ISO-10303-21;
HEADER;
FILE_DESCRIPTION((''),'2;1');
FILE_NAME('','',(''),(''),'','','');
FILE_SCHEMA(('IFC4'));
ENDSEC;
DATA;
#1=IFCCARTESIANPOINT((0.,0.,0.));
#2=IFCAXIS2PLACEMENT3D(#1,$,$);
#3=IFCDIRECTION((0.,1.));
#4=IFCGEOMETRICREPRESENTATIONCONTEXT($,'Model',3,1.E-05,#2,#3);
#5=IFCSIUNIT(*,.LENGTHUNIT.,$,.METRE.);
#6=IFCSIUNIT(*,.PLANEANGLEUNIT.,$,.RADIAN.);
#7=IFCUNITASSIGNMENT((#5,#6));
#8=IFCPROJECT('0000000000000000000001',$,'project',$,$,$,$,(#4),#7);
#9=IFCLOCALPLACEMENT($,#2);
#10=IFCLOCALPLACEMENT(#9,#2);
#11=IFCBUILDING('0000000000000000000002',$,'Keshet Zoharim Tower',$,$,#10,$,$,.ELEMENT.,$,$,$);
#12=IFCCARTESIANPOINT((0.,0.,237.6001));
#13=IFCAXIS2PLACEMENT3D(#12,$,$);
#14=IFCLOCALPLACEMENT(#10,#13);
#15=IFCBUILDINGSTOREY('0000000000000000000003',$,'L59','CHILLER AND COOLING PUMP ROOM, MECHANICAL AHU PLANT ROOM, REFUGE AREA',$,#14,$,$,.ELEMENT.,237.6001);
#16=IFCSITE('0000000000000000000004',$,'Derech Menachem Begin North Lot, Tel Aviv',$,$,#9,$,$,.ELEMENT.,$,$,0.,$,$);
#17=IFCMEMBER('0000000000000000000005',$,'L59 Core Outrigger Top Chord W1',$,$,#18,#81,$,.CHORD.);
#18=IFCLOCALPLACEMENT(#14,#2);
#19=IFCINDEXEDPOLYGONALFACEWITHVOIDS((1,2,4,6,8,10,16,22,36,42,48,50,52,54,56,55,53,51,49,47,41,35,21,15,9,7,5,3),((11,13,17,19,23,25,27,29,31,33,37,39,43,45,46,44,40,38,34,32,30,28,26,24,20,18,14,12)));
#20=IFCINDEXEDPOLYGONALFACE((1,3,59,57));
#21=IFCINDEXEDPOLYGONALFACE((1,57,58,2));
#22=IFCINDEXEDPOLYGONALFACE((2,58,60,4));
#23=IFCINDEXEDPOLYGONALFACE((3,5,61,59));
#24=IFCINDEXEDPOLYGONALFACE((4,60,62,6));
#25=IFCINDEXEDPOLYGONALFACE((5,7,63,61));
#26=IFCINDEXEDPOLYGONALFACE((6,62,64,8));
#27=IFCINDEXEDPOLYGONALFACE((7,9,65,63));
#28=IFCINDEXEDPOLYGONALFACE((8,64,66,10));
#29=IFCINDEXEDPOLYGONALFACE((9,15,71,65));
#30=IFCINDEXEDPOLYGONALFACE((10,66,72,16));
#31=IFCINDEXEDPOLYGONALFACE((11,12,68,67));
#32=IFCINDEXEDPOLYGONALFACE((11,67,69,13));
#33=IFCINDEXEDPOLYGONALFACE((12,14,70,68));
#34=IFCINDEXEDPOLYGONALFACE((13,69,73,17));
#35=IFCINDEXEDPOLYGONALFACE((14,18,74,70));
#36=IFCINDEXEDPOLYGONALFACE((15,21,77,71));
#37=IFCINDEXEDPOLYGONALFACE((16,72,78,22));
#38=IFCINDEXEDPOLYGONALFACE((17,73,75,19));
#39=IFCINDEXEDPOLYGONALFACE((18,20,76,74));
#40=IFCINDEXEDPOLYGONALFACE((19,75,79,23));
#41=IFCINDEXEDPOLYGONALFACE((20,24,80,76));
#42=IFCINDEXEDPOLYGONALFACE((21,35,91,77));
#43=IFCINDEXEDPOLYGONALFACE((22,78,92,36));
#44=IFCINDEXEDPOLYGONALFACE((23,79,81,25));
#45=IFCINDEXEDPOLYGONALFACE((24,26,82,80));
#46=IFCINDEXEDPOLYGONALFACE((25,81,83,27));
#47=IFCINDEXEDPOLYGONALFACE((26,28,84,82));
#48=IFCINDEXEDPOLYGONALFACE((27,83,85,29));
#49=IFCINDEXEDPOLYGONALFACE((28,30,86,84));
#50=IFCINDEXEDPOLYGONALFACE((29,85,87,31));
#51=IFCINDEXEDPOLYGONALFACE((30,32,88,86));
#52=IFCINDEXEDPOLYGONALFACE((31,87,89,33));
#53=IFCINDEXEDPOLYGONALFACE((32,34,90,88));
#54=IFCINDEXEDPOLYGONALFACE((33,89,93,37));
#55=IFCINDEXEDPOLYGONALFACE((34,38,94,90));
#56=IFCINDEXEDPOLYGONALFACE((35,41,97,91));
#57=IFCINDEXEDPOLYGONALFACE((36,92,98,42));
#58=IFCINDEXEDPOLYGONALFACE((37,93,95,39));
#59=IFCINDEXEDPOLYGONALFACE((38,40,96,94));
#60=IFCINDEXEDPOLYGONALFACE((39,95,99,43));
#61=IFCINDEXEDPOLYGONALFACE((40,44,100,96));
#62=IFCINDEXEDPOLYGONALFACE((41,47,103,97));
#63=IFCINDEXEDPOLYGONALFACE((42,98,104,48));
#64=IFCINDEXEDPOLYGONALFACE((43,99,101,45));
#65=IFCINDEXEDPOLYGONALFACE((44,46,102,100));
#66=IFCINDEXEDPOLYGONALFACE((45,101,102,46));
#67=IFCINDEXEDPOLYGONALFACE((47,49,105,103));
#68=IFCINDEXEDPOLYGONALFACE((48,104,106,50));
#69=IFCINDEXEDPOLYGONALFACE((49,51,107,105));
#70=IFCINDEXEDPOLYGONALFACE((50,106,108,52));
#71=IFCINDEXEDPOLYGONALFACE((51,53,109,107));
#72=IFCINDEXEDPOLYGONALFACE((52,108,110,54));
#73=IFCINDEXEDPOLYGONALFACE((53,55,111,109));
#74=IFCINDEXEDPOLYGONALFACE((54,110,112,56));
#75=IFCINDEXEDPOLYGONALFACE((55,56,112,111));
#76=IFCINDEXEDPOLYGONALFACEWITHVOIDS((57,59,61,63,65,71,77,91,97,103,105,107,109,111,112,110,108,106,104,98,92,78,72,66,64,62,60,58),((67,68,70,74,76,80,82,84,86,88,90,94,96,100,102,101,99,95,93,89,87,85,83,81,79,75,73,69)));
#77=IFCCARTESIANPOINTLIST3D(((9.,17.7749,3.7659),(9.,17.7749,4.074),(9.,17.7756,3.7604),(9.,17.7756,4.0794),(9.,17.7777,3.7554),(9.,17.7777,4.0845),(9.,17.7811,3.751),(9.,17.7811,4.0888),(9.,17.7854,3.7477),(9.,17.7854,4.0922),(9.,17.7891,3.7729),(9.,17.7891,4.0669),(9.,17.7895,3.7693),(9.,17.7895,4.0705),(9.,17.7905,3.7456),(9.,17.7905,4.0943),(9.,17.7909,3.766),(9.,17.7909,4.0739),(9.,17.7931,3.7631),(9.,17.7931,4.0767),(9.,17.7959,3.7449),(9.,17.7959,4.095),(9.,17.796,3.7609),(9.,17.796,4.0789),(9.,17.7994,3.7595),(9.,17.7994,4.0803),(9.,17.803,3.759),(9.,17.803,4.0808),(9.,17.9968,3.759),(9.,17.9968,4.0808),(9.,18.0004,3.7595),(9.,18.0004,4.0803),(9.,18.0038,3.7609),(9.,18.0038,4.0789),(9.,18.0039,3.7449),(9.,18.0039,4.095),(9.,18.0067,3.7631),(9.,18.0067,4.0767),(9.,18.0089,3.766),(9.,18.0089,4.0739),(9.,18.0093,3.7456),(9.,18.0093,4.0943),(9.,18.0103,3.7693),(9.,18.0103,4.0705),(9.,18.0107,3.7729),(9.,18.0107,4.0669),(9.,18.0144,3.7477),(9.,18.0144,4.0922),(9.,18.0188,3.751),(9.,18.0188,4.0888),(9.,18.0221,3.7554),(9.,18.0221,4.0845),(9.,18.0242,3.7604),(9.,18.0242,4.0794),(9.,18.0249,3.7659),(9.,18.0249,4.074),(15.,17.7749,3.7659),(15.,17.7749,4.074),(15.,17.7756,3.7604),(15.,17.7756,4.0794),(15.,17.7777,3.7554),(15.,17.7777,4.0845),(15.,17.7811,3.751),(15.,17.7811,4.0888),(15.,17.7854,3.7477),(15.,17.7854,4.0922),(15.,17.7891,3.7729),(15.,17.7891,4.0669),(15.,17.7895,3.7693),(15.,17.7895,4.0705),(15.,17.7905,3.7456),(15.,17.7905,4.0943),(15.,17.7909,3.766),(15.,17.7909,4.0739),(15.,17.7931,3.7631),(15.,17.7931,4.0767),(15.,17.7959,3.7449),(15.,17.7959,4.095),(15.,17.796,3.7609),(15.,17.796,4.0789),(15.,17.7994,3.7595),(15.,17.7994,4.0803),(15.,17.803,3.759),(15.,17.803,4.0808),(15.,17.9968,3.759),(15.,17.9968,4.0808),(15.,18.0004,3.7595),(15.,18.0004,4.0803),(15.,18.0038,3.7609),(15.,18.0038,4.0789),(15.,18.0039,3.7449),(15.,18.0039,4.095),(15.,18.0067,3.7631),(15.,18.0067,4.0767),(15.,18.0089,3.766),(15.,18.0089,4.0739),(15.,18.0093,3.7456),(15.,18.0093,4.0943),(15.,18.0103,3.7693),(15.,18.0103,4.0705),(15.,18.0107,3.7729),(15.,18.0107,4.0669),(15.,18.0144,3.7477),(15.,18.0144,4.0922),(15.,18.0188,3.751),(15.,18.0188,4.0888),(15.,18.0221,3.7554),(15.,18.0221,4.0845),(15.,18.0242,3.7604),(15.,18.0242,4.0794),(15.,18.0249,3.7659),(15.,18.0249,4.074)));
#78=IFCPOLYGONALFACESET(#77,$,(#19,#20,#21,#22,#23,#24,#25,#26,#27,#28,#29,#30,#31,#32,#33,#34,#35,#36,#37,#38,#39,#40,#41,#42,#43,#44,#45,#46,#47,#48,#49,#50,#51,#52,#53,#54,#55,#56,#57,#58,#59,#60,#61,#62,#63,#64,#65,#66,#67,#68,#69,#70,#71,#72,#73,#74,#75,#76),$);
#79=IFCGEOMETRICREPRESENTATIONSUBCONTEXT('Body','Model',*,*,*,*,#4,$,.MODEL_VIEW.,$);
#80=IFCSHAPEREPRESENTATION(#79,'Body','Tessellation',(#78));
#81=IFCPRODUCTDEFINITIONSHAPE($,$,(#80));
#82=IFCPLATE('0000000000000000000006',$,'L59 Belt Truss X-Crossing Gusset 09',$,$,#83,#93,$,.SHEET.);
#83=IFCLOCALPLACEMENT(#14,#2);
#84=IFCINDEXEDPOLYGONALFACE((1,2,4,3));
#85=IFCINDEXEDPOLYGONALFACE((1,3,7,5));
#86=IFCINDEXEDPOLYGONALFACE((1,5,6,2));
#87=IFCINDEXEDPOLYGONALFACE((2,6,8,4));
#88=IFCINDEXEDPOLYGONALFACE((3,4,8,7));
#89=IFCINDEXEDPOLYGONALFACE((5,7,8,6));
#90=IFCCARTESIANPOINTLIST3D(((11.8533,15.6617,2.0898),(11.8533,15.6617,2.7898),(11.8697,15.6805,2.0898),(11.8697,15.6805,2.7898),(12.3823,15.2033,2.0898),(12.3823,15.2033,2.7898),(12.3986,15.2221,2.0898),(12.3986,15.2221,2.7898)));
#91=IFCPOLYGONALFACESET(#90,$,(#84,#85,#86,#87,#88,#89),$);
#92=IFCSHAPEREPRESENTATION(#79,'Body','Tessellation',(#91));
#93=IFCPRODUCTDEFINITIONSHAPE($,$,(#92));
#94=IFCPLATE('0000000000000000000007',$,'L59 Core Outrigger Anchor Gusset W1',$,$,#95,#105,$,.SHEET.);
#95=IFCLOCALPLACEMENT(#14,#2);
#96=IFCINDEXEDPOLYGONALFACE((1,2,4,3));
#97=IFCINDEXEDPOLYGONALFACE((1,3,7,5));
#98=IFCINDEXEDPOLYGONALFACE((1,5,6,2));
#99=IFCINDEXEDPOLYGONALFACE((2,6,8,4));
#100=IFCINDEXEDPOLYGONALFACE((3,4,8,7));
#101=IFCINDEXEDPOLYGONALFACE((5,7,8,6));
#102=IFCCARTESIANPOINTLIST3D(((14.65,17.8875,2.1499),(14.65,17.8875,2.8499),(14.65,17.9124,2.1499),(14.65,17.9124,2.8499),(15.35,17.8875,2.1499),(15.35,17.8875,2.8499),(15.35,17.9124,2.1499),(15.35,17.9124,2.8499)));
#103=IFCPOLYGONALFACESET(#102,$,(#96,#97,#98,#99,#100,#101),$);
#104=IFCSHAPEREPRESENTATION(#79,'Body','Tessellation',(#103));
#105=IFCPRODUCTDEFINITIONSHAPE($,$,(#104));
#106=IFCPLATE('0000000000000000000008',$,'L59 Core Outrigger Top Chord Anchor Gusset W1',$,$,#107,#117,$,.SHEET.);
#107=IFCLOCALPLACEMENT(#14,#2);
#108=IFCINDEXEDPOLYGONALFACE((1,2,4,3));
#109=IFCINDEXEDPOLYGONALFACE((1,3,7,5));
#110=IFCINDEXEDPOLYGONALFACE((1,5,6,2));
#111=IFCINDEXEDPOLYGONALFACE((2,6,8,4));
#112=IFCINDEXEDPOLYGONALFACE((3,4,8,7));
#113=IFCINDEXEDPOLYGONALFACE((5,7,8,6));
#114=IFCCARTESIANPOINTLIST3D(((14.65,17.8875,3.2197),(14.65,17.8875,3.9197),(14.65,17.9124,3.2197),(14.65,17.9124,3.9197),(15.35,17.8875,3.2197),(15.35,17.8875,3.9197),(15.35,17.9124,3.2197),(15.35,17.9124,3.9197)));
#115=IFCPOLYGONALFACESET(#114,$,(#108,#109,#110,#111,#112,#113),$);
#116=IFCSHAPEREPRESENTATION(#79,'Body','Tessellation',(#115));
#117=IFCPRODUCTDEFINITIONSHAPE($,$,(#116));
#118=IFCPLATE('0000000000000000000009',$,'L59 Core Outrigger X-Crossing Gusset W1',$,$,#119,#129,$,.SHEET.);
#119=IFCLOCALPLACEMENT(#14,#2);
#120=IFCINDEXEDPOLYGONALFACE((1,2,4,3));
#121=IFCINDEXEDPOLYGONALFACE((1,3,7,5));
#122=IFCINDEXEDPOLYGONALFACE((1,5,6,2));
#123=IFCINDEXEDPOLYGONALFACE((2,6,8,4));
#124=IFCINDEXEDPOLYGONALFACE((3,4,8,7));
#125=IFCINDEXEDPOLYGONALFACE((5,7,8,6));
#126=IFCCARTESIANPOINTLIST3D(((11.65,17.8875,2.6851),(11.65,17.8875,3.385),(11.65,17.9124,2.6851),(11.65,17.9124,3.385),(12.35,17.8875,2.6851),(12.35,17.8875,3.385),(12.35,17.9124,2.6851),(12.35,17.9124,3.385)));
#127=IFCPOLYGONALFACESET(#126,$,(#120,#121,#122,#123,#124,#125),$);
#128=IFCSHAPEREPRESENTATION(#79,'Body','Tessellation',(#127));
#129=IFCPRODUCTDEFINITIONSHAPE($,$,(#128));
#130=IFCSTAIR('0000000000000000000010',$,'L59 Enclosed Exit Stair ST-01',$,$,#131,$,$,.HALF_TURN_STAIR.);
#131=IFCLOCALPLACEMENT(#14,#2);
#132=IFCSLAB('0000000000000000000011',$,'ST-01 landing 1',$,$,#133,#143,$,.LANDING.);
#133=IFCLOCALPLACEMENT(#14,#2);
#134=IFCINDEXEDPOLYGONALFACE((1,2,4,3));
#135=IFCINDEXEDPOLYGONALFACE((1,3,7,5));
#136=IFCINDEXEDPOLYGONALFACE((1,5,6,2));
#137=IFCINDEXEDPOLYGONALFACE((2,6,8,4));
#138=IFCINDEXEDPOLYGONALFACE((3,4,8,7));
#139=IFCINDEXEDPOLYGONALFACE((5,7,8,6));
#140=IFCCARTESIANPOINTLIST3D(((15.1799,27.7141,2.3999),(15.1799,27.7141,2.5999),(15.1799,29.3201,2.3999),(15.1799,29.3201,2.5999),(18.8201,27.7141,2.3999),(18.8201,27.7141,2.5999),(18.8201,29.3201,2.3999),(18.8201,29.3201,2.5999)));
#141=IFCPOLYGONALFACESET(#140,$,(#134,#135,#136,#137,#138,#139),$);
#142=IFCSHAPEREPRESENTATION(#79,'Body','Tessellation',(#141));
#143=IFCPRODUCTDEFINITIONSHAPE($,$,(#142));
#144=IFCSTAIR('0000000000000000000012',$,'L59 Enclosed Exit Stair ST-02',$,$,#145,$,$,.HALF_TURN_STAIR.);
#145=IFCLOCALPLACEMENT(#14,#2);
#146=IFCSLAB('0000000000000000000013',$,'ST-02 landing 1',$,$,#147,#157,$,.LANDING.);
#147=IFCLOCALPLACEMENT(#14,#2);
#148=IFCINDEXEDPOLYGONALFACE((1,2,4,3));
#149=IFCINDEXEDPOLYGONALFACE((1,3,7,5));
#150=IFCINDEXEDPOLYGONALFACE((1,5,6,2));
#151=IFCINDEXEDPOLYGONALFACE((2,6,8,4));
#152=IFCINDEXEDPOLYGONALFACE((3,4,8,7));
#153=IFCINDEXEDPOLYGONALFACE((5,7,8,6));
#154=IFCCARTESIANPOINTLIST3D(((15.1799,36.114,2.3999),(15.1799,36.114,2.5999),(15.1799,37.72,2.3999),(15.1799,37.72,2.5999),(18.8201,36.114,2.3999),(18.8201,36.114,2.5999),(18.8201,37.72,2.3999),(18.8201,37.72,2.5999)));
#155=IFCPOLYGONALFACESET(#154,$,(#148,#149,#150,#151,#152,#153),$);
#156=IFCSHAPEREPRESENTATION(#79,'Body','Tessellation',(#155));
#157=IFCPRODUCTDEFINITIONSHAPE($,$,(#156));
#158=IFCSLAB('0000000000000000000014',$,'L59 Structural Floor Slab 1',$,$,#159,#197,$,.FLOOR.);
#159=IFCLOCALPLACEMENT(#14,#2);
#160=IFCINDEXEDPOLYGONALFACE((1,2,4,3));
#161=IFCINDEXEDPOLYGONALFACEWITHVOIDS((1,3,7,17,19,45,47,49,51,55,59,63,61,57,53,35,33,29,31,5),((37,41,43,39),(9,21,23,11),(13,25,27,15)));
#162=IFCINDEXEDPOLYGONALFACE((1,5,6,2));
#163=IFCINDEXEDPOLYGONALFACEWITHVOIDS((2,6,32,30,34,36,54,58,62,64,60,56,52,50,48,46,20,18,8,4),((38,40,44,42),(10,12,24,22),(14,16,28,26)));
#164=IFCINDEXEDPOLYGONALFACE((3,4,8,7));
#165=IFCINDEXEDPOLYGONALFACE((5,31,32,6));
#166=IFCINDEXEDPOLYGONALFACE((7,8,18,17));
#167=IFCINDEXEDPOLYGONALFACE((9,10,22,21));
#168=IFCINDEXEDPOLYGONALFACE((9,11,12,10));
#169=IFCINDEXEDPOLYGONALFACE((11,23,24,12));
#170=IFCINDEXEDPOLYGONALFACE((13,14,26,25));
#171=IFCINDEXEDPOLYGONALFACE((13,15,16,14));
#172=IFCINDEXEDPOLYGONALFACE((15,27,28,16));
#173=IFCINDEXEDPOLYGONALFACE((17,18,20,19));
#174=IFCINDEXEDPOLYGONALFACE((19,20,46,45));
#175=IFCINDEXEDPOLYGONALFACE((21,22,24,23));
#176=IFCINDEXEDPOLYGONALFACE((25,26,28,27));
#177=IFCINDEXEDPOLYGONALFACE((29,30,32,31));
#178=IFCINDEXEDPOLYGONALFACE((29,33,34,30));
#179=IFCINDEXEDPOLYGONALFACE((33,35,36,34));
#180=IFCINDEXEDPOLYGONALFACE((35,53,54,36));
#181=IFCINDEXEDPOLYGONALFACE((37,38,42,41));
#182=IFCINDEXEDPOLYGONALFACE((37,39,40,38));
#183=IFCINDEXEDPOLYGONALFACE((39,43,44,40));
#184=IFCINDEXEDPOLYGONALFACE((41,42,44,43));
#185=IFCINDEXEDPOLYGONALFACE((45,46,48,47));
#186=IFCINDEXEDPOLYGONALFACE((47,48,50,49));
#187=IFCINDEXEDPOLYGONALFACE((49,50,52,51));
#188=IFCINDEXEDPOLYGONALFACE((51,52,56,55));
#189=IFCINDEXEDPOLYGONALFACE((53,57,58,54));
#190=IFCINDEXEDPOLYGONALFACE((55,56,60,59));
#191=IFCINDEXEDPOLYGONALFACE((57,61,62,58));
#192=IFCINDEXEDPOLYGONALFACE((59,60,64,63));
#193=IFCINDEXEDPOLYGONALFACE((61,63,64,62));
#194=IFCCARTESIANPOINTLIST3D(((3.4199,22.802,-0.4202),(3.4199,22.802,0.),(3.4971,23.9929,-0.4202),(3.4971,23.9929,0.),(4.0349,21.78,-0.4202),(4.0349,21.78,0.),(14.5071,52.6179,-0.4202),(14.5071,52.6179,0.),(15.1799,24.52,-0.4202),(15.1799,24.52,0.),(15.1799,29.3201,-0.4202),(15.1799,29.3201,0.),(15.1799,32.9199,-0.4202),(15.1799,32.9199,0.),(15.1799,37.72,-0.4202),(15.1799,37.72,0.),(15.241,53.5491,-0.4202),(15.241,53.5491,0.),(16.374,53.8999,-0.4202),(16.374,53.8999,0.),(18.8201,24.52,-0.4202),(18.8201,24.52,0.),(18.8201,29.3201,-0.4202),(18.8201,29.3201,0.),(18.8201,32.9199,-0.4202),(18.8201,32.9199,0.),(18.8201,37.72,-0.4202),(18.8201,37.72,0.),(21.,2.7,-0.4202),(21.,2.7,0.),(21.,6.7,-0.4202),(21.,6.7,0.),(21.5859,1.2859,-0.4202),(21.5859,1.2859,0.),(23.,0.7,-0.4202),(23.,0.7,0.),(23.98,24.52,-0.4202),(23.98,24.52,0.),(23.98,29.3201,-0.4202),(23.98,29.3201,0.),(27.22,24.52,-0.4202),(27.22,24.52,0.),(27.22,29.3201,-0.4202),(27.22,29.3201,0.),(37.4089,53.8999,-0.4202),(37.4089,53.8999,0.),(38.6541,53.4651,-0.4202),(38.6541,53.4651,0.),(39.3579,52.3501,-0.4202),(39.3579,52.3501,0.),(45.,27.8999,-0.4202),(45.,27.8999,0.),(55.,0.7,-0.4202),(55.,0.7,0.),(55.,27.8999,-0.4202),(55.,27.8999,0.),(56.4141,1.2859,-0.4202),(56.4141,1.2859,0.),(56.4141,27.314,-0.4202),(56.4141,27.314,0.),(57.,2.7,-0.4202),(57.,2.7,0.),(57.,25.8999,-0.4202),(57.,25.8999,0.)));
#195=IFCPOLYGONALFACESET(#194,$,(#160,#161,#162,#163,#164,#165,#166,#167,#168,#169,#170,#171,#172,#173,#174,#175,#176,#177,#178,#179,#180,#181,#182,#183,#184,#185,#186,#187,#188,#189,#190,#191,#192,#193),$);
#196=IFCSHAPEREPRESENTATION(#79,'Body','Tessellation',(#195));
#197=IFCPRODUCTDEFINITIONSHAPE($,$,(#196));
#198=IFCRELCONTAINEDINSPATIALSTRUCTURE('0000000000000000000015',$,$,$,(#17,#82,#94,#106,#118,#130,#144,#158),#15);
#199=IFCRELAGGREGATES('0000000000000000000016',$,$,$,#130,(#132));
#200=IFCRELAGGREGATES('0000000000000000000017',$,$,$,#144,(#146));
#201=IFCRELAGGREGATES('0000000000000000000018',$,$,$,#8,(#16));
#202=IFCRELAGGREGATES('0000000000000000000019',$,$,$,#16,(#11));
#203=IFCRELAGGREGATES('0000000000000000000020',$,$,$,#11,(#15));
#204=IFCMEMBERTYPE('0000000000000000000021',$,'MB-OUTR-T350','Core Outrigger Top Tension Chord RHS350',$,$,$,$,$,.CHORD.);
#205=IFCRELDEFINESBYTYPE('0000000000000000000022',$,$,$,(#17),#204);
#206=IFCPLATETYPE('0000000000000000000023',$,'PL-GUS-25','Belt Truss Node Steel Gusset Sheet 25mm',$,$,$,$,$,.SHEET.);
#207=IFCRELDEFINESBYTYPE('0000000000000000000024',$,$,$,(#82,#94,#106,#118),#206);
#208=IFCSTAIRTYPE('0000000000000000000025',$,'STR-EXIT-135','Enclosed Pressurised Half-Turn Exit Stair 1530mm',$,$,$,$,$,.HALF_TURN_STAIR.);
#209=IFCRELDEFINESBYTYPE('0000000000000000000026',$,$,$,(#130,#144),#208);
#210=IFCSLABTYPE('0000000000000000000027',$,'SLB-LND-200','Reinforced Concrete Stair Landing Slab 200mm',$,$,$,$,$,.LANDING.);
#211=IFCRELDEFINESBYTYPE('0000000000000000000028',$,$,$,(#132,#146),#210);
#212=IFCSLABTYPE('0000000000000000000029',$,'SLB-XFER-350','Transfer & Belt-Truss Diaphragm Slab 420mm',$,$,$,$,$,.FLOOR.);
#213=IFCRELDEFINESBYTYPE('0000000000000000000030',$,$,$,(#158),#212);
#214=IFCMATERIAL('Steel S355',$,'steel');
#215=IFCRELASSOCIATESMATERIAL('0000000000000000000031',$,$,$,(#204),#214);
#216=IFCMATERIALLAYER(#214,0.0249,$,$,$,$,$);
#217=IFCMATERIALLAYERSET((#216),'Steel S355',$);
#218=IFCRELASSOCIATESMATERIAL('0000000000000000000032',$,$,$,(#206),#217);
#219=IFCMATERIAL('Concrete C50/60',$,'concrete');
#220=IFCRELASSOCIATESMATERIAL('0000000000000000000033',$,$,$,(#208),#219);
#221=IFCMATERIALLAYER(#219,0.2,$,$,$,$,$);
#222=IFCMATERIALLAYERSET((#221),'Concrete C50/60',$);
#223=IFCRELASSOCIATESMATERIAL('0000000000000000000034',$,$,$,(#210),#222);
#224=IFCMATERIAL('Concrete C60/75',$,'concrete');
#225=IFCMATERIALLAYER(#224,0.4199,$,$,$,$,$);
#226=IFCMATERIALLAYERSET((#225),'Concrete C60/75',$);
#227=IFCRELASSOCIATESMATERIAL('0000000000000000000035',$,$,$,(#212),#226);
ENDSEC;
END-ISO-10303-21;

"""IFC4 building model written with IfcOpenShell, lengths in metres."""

from ifc_helpers import new_model, si_unit, direction, frame, origin, origin_2d, place, context, subcontext, project, spatial, polyline, rectangle, hollow_rectangle, outline, extrude, material, layer, layer_set, material_profile, profile_set, type_object, element, aggregate, save


model = new_model("IFC4")

# Units and contexts
model_context = context("Model", 3, precision=1e-05, world=origin(), true_north=direction((0.0, 1.0)))
body_context = subcontext(model_context, "Body", "Model", "MODEL_VIEW")
ifc_project = project(units=[si_unit("LENGTHUNIT", "METRE"), si_unit("PLANEANGLEUNIT", "RADIAN")], contexts=[model_context])

# Site, building, storey
site_placement = place(None, origin())
site = spatial("IfcSite", under=ifc_project, at=site_placement, Name="Derech Menachem Begin North Lot, Tel Aviv", CompositionType="ELEMENT", RefElevation=0.0)
building_placement = place(site_placement, origin())
building = spatial("IfcBuilding", under=site, at=building_placement, Name="Keshet Zoharim Tower", CompositionType="ELEMENT")
storey_placement = place(building_placement, frame((0.0, 0.0, 237.6001)))
storey = spatial("IfcBuildingStorey", under=building, at=storey_placement, Name="L59", Description="CHILLER AND COOLING PUMP ROOM, MECHANICAL AHU PLANT ROOM, REFUGE AREA", CompositionType="ELEMENT", Elevation=237.6001)

# Shared definitions
ifc_material_1 = material(Name="Steel S355", Category="steel")
ifc_material_2 = material(Name="Concrete C50/60", Category="concrete")

# Shared definitions
ifc_material_3 = material(Name="Concrete C60/75", Category="concrete")

# Member
ifc_material_profile_1 = material_profile(ifc_material_1, hollow_rectangle(XDim=0.25, YDim=0.3501, WallThickness=0.0142, InnerFilletRadius=0.0139, OuterFilletRadius=0.021, at=origin_2d()), Name="RHS350x250x14.2")
ifc_profile_set_1 = profile_set([ifc_material_profile_1], Name="Steel S355")
member_type_1 = type_object("IfcMemberType", Name="MB-OUTR-T350", Description="Core Outrigger Top Tension Chord RHS350", PredefinedType="CHORD", material=ifc_profile_set_1)
member_1_placement = place(storey_placement, frame((15.0, 17.8999, 3.9199), z_axis=(-1.0, 0.0, 0.0), x_axis=(0.0, -1.0, 0.0)))
element("IfcMember", 1, at=member_1_placement, inside=storey, type_object=member_type_1, Name="L59 Core Outrigger Top Chord W1", PredefinedType="CHORD", context=body_context, shape_type="SweptSolid", body=[
    extrude(hollow_rectangle(XDim=0.25, YDim=0.3501, WallThickness=0.0142, InnerFilletRadius=0.0139, OuterFilletRadius=0.021, at=origin_2d()), origin(), (0.0, 0.0, 1.0), 6.0),
])

# Plates
ifc_layer_1 = layer(ifc_material_1, 0.0249)
ifc_layer_set_1 = layer_set([ifc_layer_1], Name="Steel S355")
plate_type = type_object("IfcPlateType", Name="PL-GUS-25", Description="Belt Truss Node Steel Gusset Sheet 25mm", PredefinedType="SHEET", material=ifc_layer_set_1)
for number, where, z_axis, x_axis, name in (
    (2, (12.126, 15.4419, 2.0898), (0.0, 0.0, 1.0), (-0.755689, 0.654931, 0.0), "L59 Belt Truss X-Crossing Gusset 09"),
    (3, (15.0, 17.8999, 2.1499), (0.0, 0.0, 1.0), (1.0, 0.0, 0.0), "L59 Core Outrigger Anchor Gusset W1"),
    (4, (15.0, 17.8999, 3.2197), (0.0, 0.0, 1.0), (1.0, 0.0, 0.0), "L59 Core Outrigger Top Chord Anchor Gusset W1"),
    (5, (12.0, 17.8999, 2.6851), (0.0, 0.0, 1.0), (1.0, 0.0, 0.0), "L59 Core Outrigger X-Crossing Gusset W1"),
):
    element("IfcPlate", number, at=place(storey_placement, frame(where, z_axis=z_axis, x_axis=x_axis)), inside=storey, type_object=plate_type, Name=name, PredefinedType="SHEET", context=body_context, shape_type="SweptSolid", body=[
        extrude(rectangle(XDim=0.7, YDim=0.0249, at=origin_2d()), origin(), (0.0, 0.0, 1.0), 0.7),
    ])

# Stairs, slabs
stair_type = type_object("IfcStairType", Name="STR-EXIT-135", Description="Enclosed Pressurised Half-Turn Exit Stair 1530mm", PredefinedType="HALF_TURN_STAIR", material=ifc_material_2)
stair_1_placement = place(storey_placement, origin())
stair_1 = element("IfcStair", 6, at=stair_1_placement, inside=storey, type_object=stair_type, Name="L59 Enclosed Exit Stair ST-01", PredefinedType="HALF_TURN_STAIR")
ifc_layer_2 = layer(ifc_material_2, 0.2)
ifc_layer_set_2 = layer_set([ifc_layer_2], Name="Concrete C50/60")
slab_type_1 = type_object("IfcSlabType", Name="SLB-LND-200", Description="Reinforced Concrete Stair Landing Slab 200mm", PredefinedType="LANDING", material=ifc_layer_set_2)
slab_1_placement = place(storey_placement, frame((0.0, 0.0, 2.3999)))
slab_1 = element("IfcSlab", 7, at=slab_1_placement, type_object=slab_type_1, Name="ST-01 landing 1", PredefinedType="LANDING", context=body_context, shape_type="SweptSolid", body=[
    extrude(outline(polyline([(15.1799, 27.7141), (18.8201, 27.7141), (18.8201, 29.3201), (15.1799, 29.3201), (15.1799, 27.7141)])), origin(), (0.0, 0.0, 1.0), 0.2),
])
aggregate(stair_1, [slab_1])
stair_2_placement = place(storey_placement, origin())
stair_2 = element("IfcStair", 8, at=stair_2_placement, inside=storey, type_object=stair_type, Name="L59 Enclosed Exit Stair ST-02", PredefinedType="HALF_TURN_STAIR")
slab_2_placement = place(storey_placement, frame((0.0, 0.0, 2.3999)))
slab_2 = element("IfcSlab", 9, at=slab_2_placement, type_object=slab_type_1, Name="ST-02 landing 1", PredefinedType="LANDING", context=body_context, shape_type="SweptSolid", body=[
    extrude(outline(polyline([(15.1799, 36.114), (18.8201, 36.114), (18.8201, 37.72), (15.1799, 37.72), (15.1799, 36.114)])), origin(), (0.0, 0.0, 1.0), 0.2),
])
aggregate(stair_2, [slab_2])

# Slab
ifc_layer_3 = layer(ifc_material_3, 0.4199)
ifc_layer_set_3 = layer_set([ifc_layer_3], Name="Concrete C60/75")
slab_type_2 = type_object("IfcSlabType", Name="SLB-XFER-350", Description="Transfer & Belt-Truss Diaphragm Slab 420mm", PredefinedType="FLOOR", material=ifc_layer_set_3)
slab_3_placement = place(storey_placement, frame((0.0, 0.0, -0.4202)))
element("IfcSlab", 10, at=slab_3_placement, inside=storey, type_object=slab_type_2, Name="L59 Structural Floor Slab 1", PredefinedType="FLOOR", context=body_context, shape_type="SweptSolid", body=[
    extrude(outline(polyline([(55.0, 27.8999), (56.4141, 27.314), (57.0, 25.8999), (57.0, 2.7), (56.4141, 1.2859), (55.0, 0.7), (23.0, 0.7), (21.5859, 1.2859), (21.0, 2.7), (21.0, 6.7), (4.0349, 21.78), (3.4199, 22.802), (3.4971, 23.9929), (14.5071, 52.6179), (15.241, 53.5491), (16.374, 53.8999), (37.4089, 53.8999), (38.6541, 53.4651), (39.3579, 52.3501), (45.0, 27.8999), (55.0, 27.8999)]), holes=[polyline([(15.1799, 24.52), (18.8201, 24.52), (18.8201, 29.3201), (15.1799, 29.3201), (15.1799, 24.52)]), polyline([(15.1799, 32.9199), (18.8201, 32.9199), (18.8201, 37.72), (15.1799, 37.72), (15.1799, 32.9199)]), polyline([(23.98, 24.52), (27.22, 24.52), (27.22, 29.3201), (23.98, 29.3201), (23.98, 24.52)])]), origin(), (0.0, 0.0, 1.0), 0.4202),
])

save(model, "model.ifc")
